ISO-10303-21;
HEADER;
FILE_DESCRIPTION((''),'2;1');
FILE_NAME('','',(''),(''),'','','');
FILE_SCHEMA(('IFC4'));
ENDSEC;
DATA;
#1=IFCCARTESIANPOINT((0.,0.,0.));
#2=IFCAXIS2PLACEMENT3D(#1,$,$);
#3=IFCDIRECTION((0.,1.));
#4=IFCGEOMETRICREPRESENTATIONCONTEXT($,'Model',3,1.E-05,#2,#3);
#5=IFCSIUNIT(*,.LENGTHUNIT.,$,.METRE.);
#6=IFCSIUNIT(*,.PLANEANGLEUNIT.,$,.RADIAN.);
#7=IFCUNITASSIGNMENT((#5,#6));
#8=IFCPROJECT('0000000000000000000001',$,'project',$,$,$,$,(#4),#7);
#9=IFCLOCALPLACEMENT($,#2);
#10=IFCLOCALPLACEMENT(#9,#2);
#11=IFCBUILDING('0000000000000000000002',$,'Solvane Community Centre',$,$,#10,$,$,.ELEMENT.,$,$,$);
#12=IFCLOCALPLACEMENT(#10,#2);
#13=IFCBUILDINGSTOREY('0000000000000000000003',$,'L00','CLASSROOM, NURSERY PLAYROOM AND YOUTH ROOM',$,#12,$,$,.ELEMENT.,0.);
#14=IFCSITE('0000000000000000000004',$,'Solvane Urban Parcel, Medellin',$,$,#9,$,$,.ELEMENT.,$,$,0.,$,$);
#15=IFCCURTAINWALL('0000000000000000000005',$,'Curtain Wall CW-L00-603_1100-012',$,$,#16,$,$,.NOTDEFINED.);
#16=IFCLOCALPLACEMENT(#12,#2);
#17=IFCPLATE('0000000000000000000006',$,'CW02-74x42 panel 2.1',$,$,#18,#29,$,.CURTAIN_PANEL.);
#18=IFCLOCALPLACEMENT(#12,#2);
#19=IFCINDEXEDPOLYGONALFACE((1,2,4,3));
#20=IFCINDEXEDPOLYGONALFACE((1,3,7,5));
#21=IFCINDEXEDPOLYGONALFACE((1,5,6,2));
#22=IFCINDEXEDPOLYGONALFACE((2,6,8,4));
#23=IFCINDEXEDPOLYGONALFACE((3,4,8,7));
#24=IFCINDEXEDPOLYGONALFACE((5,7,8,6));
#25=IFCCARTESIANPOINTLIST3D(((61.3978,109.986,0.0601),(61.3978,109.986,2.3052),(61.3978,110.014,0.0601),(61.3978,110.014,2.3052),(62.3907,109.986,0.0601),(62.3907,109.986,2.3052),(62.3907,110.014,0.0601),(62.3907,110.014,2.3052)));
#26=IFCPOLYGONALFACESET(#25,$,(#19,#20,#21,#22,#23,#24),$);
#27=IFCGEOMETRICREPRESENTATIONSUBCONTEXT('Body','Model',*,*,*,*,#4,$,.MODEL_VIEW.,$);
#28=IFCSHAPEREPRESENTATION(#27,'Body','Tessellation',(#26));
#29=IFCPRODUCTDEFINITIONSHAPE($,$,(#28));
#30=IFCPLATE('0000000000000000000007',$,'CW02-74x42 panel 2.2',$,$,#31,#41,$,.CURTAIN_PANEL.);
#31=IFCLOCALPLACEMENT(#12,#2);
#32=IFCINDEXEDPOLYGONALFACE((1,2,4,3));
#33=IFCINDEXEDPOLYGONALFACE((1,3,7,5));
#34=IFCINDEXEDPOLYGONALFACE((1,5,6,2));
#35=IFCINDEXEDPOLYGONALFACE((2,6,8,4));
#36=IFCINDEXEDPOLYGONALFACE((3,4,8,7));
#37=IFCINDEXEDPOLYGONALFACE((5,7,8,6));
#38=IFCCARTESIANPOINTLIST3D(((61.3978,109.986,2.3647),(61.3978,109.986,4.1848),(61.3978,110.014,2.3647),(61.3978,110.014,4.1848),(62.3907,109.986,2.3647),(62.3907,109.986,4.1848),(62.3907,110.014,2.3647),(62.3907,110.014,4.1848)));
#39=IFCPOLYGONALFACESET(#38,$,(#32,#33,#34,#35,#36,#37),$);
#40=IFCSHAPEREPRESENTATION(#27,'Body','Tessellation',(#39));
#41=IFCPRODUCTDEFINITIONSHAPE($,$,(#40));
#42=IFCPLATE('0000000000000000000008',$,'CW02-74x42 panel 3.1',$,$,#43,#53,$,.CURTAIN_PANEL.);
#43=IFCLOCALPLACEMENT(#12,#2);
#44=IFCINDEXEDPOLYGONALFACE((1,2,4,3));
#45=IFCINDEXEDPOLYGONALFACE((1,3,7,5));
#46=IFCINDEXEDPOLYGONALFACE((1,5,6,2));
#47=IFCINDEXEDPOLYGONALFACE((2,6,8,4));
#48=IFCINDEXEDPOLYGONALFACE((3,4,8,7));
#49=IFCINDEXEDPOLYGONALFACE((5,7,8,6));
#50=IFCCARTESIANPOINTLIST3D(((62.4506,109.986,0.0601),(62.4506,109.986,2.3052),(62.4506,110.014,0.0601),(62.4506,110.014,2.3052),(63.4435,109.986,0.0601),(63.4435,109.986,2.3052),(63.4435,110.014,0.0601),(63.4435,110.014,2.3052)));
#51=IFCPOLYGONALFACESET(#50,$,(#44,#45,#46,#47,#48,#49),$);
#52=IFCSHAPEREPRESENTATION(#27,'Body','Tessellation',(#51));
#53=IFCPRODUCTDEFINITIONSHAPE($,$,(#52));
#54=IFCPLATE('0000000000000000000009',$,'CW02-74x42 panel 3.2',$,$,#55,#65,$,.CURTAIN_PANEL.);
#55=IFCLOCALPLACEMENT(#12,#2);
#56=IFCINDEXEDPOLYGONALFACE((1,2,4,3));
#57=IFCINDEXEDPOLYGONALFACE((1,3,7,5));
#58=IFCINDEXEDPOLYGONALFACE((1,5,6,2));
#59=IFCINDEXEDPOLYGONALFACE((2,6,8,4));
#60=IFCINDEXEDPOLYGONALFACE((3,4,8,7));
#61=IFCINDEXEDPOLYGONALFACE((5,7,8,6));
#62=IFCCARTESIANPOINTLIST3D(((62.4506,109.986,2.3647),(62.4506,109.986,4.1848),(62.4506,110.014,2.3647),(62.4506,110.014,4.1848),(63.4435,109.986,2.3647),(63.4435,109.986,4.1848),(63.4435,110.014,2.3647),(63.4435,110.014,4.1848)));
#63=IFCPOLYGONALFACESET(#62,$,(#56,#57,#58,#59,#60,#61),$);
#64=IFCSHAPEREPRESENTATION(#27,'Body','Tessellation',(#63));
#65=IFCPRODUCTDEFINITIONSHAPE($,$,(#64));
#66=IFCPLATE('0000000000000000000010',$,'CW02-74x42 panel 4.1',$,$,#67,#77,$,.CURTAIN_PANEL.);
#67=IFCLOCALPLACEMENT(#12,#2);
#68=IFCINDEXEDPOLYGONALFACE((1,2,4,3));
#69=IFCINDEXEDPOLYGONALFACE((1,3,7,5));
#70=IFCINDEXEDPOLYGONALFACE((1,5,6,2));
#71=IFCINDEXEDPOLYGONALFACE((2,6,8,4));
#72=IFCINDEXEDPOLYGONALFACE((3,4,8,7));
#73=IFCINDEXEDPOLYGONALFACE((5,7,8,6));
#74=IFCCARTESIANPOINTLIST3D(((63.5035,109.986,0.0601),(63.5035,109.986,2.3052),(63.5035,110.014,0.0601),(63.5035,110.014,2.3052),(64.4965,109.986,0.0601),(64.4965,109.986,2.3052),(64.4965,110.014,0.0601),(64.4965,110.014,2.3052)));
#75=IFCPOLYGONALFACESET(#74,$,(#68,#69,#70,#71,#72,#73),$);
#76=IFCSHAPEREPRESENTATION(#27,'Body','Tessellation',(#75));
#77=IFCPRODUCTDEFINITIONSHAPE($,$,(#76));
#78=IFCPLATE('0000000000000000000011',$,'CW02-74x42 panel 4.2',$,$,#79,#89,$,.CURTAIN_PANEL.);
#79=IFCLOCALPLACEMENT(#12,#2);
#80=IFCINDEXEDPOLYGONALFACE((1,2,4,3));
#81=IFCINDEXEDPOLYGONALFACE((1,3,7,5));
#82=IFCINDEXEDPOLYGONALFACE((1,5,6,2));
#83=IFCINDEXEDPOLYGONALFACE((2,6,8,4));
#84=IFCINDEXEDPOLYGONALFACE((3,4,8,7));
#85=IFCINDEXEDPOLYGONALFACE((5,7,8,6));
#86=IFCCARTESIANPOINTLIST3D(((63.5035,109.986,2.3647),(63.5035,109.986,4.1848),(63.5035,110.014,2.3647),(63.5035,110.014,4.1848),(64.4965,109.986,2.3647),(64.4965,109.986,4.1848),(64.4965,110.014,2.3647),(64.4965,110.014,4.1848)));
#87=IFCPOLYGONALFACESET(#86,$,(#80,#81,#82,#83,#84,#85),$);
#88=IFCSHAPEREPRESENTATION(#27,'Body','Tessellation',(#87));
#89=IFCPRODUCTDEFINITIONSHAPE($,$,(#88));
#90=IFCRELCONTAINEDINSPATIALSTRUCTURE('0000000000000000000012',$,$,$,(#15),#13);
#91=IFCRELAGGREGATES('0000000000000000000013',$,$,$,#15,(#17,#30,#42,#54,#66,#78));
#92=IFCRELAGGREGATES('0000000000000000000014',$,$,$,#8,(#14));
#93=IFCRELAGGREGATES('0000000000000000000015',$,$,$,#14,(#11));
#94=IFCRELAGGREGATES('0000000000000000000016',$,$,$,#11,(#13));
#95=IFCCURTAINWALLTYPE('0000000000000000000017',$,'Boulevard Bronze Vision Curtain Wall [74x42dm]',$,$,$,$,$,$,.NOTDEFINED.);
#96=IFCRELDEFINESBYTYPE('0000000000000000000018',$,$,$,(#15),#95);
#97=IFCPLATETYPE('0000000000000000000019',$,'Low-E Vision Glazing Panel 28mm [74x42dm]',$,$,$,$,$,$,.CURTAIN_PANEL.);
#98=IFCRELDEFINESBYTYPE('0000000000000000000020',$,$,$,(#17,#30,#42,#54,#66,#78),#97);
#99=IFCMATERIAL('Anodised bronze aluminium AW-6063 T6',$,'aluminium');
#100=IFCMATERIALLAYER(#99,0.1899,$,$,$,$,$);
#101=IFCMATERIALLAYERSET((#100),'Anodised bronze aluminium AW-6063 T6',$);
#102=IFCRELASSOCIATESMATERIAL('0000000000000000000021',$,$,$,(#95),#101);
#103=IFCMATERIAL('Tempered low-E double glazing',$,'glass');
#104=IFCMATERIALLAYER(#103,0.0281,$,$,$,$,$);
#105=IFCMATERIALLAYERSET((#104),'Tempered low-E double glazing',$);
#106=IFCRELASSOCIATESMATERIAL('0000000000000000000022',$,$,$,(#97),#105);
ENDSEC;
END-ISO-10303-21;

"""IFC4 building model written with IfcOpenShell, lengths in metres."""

from ifc_helpers import new_model, si_unit, direction, frame, origin, origin_2d, place, context, subcontext, project, spatial, rectangle, extrude, material, layer, layer_set, type_object, element, aggregate, save


model = new_model("IFC4")

# Units and contexts
model_context = context("Model", 3, precision=1e-05, world=origin(), true_north=direction((0.0, 1.0)))
body_context = subcontext(model_context, "Body", "Model", "MODEL_VIEW")
ifc_project = project(units=[si_unit("LENGTHUNIT", "METRE"), si_unit("PLANEANGLEUNIT", "RADIAN")], contexts=[model_context])

# Site, building, storey
site_placement = place(None, origin())
site = spatial("IfcSite", under=ifc_project, at=site_placement, Name="Solvane Urban Parcel, Medellin", CompositionType="ELEMENT", RefElevation=0.0)
building_placement = place(site_placement, origin())
building = spatial("IfcBuilding", under=site, at=building_placement, Name="Solvane Community Centre", CompositionType="ELEMENT")
storey_placement = place(building_placement, origin())
storey = spatial("IfcBuildingStorey", under=building, at=storey_placement, Name="L00", Description="CLASSROOM, NURSERY PLAYROOM AND YOUTH ROOM", CompositionType="ELEMENT", Elevation=0.0)

# Curtain wall, plates
ifc_material_1 = material(Name="Anodised bronze aluminium AW-6063 T6", Category="aluminium")
ifc_layer_1 = layer(ifc_material_1, 0.1899)
ifc_layer_set_1 = layer_set([ifc_layer_1], Name="Anodised bronze aluminium AW-6063 T6")
curtain_wall_type = type_object("IfcCurtainWallType", Name="Boulevard Bronze Vision Curtain Wall [74x42dm]", PredefinedType="NOTDEFINED", material=ifc_layer_set_1)
curtain_wall_placement = place(storey_placement, origin())
curtain_wall = element("IfcCurtainWall", 1, at=curtain_wall_placement, inside=storey, type_object=curtain_wall_type, Name="Curtain Wall CW-L00-603_1100-012", PredefinedType="NOTDEFINED")
ifc_material_2 = material(Name="Tempered low-E double glazing", Category="glass")
ifc_layer_2 = layer(ifc_material_2, 0.0281)
ifc_layer_set_2 = layer_set([ifc_layer_2], Name="Tempered low-E double glazing")
plate_type = type_object("IfcPlateType", Name="Low-E Vision Glazing Panel 28mm [74x42dm]", PredefinedType="CURTAIN_PANEL", material=ifc_layer_set_2)
plate_1_placement = place(storey_placement, frame((61.8943, 110.0, 0.0601), z_axis=(0.0, 0.0, 1.0), x_axis=(1.0, 0.0, 0.0)))
plate_1 = element("IfcPlate", 2, at=plate_1_placement, type_object=plate_type, Name="CW02-74x42 panel 2.1", PredefinedType="CURTAIN_PANEL", context=body_context, shape_type="SweptSolid", body=[
    extrude(rectangle(XDim=0.9929, YDim=0.0281, at=origin_2d()), origin(), (0.0, 0.0, 1.0), 2.2451),
])
plate_2_placement = place(storey_placement, frame((61.8943, 110.0, 2.3647), z_axis=(0.0, 0.0, 1.0), x_axis=(1.0, 0.0, 0.0)))
plate_2 = element("IfcPlate", 3, at=plate_2_placement, type_object=plate_type, Name="CW02-74x42 panel 2.2", PredefinedType="CURTAIN_PANEL", context=body_context, shape_type="SweptSolid", body=[
    extrude(rectangle(XDim=0.9929, YDim=0.0281, at=origin_2d()), origin(), (0.0, 0.0, 1.0), 1.8201),
])
plate_3_placement = place(storey_placement, frame((62.947, 110.0, 0.0601), z_axis=(0.0, 0.0, 1.0), x_axis=(1.0, 0.0, 0.0)))
plate_3 = element("IfcPlate", 4, at=plate_3_placement, type_object=plate_type, Name="CW02-74x42 panel 3.1", PredefinedType="CURTAIN_PANEL", context=body_context, shape_type="SweptSolid", body=[
    extrude(rectangle(XDim=0.9929, YDim=0.0281, at=origin_2d()), origin(), (0.0, 0.0, 1.0), 2.2451),
])
plate_4_placement = place(storey_placement, frame((62.947, 110.0, 2.3647), z_axis=(0.0, 0.0, 1.0), x_axis=(1.0, 0.0, 0.0)))
plate_4 = element("IfcPlate", 5, at=plate_4_placement, type_object=plate_type, Name="CW02-74x42 panel 3.2", PredefinedType="CURTAIN_PANEL", context=body_context, shape_type="SweptSolid", body=[
    extrude(rectangle(XDim=0.9929, YDim=0.0281, at=origin_2d()), origin(), (0.0, 0.0, 1.0), 1.8201),
])
plate_5_placement = place(storey_placement, frame((64.0, 110.0, 0.0601), z_axis=(0.0, 0.0, 1.0), x_axis=(1.0, 0.0, 0.0)))
plate_5 = element("IfcPlate", 6, at=plate_5_placement, type_object=plate_type, Name="CW02-74x42 panel 4.1", PredefinedType="CURTAIN_PANEL", context=body_context, shape_type="SweptSolid", body=[
    extrude(rectangle(XDim=0.9929, YDim=0.0281, at=origin_2d()), origin(), (0.0, 0.0, 1.0), 2.2451),
])
plate_6_placement = place(storey_placement, frame((64.0, 110.0, 2.3647), z_axis=(0.0, 0.0, 1.0), x_axis=(1.0, 0.0, 0.0)))
plate_6 = element("IfcPlate", 7, at=plate_6_placement, type_object=plate_type, Name="CW02-74x42 panel 4.2", PredefinedType="CURTAIN_PANEL", context=body_context, shape_type="SweptSolid", body=[
    extrude(rectangle(XDim=0.9929, YDim=0.0281, at=origin_2d()), origin(), (0.0, 0.0, 1.0), 1.8201),
])
aggregate(curtain_wall, [plate_1, plate_2, plate_3, plate_4, plate_5, plate_6])

save(model, "model.ifc")
